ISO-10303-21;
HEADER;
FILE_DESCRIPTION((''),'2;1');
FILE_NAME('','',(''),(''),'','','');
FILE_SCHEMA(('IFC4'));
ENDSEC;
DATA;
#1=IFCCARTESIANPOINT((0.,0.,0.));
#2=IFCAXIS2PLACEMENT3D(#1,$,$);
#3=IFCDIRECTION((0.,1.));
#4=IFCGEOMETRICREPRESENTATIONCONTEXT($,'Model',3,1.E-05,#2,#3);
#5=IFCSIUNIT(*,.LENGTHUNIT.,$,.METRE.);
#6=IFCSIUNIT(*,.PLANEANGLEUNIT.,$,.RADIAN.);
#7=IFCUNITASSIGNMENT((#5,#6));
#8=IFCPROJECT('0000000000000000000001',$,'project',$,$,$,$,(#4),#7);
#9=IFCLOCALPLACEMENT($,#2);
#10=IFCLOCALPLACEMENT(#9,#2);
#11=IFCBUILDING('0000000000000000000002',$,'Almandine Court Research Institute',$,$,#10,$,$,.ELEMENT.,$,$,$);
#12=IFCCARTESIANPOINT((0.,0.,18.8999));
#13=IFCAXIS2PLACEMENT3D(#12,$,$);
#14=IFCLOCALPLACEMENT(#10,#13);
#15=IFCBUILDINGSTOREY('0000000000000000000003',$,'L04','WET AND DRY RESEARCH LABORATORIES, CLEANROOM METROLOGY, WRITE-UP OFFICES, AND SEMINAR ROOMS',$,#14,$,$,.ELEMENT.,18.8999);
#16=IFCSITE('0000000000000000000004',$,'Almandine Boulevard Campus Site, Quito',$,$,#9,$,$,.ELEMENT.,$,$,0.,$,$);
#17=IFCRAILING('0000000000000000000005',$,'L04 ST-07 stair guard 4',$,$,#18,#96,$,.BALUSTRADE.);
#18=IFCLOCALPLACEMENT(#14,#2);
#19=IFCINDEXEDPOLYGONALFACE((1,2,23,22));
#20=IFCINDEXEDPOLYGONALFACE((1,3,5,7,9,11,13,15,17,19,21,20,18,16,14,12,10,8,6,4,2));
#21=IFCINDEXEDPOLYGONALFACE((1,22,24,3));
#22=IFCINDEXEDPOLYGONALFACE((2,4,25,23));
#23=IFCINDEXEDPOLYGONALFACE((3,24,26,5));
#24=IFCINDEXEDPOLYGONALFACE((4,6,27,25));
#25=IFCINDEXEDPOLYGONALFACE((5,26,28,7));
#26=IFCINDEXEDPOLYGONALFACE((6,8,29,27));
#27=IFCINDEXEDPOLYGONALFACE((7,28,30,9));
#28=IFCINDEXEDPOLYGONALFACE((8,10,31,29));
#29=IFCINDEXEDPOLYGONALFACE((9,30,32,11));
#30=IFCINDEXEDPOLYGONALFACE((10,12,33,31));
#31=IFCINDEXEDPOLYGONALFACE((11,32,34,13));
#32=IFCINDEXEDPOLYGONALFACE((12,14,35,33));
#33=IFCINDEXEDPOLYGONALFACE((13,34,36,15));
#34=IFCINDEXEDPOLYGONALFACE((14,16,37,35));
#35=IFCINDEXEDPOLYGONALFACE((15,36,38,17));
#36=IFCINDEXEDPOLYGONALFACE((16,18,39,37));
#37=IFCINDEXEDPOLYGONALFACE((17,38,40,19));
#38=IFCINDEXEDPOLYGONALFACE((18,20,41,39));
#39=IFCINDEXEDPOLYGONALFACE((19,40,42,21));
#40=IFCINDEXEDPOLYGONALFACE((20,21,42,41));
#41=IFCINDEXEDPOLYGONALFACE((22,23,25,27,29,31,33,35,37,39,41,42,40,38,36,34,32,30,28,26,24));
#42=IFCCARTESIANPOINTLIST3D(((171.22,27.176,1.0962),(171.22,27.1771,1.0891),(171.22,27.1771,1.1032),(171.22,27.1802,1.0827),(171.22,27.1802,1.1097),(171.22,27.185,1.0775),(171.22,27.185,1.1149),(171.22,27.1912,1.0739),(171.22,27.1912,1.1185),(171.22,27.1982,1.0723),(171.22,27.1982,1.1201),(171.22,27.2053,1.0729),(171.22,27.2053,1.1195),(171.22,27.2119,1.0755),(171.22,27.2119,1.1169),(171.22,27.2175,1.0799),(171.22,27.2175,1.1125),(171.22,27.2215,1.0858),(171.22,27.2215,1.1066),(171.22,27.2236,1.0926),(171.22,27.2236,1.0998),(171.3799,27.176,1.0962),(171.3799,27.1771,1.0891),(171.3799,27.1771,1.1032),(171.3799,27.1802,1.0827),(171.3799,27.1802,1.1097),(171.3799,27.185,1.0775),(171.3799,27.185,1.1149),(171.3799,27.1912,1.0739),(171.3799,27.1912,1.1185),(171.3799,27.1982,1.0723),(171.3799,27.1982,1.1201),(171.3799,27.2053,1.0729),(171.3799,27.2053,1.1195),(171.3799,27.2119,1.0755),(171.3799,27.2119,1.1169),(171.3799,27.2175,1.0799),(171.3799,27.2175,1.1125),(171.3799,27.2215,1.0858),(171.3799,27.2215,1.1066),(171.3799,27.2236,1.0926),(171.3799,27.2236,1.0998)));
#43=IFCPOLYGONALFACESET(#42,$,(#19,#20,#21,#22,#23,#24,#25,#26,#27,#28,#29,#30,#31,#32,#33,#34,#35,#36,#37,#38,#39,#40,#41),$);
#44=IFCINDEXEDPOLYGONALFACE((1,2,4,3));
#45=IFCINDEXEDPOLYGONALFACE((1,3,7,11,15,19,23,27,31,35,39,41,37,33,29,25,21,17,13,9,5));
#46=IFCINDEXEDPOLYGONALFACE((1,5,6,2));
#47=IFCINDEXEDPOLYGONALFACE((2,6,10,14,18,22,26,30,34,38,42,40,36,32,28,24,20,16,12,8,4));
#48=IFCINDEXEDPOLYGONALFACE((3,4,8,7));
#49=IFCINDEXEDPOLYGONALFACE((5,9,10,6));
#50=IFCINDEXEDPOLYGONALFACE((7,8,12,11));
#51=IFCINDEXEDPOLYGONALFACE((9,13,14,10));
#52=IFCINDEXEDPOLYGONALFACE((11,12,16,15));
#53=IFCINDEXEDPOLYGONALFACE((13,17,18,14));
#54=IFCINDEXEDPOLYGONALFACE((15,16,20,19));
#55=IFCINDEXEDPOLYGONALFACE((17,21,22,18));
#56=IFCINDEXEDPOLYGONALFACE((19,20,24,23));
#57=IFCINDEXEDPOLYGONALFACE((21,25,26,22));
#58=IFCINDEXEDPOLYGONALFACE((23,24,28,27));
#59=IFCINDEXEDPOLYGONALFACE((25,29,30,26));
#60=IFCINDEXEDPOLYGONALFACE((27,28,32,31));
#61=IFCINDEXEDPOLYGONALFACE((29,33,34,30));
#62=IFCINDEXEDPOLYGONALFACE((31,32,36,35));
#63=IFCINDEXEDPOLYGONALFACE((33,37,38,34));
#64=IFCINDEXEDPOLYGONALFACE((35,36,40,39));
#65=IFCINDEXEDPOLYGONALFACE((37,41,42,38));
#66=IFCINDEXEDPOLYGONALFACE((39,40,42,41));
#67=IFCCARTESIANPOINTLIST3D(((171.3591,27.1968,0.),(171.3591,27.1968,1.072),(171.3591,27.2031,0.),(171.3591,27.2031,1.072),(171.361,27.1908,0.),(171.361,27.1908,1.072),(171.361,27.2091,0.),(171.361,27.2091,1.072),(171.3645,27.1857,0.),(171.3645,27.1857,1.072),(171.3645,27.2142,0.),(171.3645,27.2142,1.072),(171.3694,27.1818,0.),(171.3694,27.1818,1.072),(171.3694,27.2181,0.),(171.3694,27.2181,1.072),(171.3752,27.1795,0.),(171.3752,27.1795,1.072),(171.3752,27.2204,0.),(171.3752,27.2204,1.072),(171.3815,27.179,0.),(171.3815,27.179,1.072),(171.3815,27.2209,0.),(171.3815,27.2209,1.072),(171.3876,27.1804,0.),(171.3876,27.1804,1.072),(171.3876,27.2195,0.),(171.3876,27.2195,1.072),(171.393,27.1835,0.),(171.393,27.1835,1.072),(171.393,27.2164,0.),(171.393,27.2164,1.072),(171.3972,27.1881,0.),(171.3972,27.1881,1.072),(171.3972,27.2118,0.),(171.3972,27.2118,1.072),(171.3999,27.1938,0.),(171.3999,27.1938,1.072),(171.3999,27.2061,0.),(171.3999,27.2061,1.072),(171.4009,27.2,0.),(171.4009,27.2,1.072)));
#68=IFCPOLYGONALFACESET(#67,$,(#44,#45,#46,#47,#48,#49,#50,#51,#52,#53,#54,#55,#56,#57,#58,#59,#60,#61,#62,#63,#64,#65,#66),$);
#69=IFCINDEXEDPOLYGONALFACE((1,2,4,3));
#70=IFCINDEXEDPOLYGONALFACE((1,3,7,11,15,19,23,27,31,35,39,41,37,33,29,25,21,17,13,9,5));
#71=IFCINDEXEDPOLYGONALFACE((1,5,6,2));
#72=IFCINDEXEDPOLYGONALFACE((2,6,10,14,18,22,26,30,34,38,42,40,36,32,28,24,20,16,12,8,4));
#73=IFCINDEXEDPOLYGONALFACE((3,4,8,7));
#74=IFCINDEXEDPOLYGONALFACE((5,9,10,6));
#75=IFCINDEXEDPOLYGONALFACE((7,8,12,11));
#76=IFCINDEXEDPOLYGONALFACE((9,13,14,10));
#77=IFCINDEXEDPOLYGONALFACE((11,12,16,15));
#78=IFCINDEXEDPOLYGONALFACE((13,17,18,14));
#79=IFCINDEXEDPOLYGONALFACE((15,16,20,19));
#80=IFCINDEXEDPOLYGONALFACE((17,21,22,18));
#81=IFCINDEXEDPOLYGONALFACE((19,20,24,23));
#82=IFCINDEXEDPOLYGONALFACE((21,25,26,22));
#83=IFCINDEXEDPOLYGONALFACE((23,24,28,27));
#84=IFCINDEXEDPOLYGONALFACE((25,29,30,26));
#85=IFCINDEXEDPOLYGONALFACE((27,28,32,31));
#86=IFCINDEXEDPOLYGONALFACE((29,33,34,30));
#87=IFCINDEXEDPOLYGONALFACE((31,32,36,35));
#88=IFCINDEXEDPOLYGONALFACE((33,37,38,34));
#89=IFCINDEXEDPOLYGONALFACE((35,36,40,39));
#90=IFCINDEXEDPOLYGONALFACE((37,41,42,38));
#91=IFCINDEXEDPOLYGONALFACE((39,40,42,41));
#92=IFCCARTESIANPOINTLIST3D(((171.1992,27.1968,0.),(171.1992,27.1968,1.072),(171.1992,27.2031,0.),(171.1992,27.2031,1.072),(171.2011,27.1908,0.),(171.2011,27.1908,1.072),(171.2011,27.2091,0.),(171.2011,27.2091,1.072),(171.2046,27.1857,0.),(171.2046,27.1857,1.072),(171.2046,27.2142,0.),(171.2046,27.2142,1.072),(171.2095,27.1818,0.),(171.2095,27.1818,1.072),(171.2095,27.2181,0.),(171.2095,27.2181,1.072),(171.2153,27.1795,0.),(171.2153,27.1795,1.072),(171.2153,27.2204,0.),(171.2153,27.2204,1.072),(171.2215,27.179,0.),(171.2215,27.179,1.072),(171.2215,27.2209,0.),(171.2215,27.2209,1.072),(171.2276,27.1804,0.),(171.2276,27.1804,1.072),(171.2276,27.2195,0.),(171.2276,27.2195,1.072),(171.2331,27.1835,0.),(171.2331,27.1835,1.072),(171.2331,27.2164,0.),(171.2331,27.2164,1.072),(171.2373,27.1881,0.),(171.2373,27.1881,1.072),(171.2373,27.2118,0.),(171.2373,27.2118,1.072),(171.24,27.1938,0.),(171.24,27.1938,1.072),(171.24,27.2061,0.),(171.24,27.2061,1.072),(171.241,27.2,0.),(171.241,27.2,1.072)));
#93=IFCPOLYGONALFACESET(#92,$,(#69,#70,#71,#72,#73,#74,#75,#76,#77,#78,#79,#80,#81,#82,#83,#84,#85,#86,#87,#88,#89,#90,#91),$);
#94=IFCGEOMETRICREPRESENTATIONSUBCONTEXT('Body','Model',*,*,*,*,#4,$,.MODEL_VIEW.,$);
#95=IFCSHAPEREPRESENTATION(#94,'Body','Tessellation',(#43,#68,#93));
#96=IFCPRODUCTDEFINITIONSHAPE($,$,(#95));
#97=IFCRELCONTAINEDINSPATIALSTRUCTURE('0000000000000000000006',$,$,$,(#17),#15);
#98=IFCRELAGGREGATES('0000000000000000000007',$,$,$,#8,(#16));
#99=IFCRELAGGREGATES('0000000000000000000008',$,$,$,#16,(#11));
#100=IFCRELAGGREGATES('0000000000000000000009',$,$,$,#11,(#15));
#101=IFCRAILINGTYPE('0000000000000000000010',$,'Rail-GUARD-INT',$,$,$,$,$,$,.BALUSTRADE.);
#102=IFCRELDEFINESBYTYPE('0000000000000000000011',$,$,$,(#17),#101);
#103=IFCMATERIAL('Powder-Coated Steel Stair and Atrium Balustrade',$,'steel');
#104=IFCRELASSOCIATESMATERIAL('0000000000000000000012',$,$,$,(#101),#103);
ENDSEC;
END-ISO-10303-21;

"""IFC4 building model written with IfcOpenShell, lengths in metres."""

from ifc_helpers import new_model, si_unit, direction, frame, origin, origin_2d, place, context, subcontext, project, spatial, circle, extrude, material, type_object, element, save


model = new_model("IFC4")

# Units and contexts
model_context = context("Model", 3, precision=1e-05, world=origin(), true_north=direction((0.0, 1.0)))
body_context = subcontext(model_context, "Body", "Model", "MODEL_VIEW")
ifc_project = project(units=[si_unit("LENGTHUNIT", "METRE"), si_unit("PLANEANGLEUNIT", "RADIAN")], contexts=[model_context])

# Site, building, storey
site_placement = place(None, origin())
site = spatial("IfcSite", under=ifc_project, at=site_placement, Name="Almandine Boulevard Campus Site, Quito", CompositionType="ELEMENT", RefElevation=0.0)
building_placement = place(site_placement, origin())
building = spatial("IfcBuilding", under=site, at=building_placement, Name="Almandine Court Research Institute", CompositionType="ELEMENT")
storey_placement = place(building_placement, frame((0.0, 0.0, 18.8999)))
storey = spatial("IfcBuildingStorey", under=building, at=storey_placement, Name="L04", Description="WET AND DRY RESEARCH LABORATORIES, CLEANROOM METROLOGY, WRITE-UP OFFICES, AND SEMINAR ROOMS", CompositionType="ELEMENT", Elevation=18.8999)

# Railing
ifc_material_1 = material(Name="Powder-Coated Steel Stair and Atrium Balustrade", Category="steel")
railing_type_1 = type_object("IfcRailingType", Name="Rail-GUARD-INT", PredefinedType="BALUSTRADE", material=ifc_material_1)
railing_1_placement = place(storey_placement, frame((171.3799, 27.2, 0.0)))
element("IfcRailing", 1, at=railing_1_placement, inside=storey, type_object=railing_type_1, Name="L04 ST-07 stair guard 4", PredefinedType="BALUSTRADE", context=body_context, shape_type="SweptSolid", body=[
    extrude(circle(Radius=0.0239, at=origin_2d()), frame((0.0, 0.0, 1.0962), z_axis=(-1.0, 0.0, 0.0), x_axis=(0.0, -1.0, 0.0)), (0.0, 0.0, 1.0), 0.1599),
    extrude(circle(Radius=0.021, at=origin_2d()), origin(), (0.0, 0.0, 1.0), 1.072),
    extrude(circle(Radius=0.021, at=origin_2d()), frame((-0.1599, 0.0, 0.0)), (0.0, 0.0, 1.0), 1.072),
])

save(model, "model.ifc")
